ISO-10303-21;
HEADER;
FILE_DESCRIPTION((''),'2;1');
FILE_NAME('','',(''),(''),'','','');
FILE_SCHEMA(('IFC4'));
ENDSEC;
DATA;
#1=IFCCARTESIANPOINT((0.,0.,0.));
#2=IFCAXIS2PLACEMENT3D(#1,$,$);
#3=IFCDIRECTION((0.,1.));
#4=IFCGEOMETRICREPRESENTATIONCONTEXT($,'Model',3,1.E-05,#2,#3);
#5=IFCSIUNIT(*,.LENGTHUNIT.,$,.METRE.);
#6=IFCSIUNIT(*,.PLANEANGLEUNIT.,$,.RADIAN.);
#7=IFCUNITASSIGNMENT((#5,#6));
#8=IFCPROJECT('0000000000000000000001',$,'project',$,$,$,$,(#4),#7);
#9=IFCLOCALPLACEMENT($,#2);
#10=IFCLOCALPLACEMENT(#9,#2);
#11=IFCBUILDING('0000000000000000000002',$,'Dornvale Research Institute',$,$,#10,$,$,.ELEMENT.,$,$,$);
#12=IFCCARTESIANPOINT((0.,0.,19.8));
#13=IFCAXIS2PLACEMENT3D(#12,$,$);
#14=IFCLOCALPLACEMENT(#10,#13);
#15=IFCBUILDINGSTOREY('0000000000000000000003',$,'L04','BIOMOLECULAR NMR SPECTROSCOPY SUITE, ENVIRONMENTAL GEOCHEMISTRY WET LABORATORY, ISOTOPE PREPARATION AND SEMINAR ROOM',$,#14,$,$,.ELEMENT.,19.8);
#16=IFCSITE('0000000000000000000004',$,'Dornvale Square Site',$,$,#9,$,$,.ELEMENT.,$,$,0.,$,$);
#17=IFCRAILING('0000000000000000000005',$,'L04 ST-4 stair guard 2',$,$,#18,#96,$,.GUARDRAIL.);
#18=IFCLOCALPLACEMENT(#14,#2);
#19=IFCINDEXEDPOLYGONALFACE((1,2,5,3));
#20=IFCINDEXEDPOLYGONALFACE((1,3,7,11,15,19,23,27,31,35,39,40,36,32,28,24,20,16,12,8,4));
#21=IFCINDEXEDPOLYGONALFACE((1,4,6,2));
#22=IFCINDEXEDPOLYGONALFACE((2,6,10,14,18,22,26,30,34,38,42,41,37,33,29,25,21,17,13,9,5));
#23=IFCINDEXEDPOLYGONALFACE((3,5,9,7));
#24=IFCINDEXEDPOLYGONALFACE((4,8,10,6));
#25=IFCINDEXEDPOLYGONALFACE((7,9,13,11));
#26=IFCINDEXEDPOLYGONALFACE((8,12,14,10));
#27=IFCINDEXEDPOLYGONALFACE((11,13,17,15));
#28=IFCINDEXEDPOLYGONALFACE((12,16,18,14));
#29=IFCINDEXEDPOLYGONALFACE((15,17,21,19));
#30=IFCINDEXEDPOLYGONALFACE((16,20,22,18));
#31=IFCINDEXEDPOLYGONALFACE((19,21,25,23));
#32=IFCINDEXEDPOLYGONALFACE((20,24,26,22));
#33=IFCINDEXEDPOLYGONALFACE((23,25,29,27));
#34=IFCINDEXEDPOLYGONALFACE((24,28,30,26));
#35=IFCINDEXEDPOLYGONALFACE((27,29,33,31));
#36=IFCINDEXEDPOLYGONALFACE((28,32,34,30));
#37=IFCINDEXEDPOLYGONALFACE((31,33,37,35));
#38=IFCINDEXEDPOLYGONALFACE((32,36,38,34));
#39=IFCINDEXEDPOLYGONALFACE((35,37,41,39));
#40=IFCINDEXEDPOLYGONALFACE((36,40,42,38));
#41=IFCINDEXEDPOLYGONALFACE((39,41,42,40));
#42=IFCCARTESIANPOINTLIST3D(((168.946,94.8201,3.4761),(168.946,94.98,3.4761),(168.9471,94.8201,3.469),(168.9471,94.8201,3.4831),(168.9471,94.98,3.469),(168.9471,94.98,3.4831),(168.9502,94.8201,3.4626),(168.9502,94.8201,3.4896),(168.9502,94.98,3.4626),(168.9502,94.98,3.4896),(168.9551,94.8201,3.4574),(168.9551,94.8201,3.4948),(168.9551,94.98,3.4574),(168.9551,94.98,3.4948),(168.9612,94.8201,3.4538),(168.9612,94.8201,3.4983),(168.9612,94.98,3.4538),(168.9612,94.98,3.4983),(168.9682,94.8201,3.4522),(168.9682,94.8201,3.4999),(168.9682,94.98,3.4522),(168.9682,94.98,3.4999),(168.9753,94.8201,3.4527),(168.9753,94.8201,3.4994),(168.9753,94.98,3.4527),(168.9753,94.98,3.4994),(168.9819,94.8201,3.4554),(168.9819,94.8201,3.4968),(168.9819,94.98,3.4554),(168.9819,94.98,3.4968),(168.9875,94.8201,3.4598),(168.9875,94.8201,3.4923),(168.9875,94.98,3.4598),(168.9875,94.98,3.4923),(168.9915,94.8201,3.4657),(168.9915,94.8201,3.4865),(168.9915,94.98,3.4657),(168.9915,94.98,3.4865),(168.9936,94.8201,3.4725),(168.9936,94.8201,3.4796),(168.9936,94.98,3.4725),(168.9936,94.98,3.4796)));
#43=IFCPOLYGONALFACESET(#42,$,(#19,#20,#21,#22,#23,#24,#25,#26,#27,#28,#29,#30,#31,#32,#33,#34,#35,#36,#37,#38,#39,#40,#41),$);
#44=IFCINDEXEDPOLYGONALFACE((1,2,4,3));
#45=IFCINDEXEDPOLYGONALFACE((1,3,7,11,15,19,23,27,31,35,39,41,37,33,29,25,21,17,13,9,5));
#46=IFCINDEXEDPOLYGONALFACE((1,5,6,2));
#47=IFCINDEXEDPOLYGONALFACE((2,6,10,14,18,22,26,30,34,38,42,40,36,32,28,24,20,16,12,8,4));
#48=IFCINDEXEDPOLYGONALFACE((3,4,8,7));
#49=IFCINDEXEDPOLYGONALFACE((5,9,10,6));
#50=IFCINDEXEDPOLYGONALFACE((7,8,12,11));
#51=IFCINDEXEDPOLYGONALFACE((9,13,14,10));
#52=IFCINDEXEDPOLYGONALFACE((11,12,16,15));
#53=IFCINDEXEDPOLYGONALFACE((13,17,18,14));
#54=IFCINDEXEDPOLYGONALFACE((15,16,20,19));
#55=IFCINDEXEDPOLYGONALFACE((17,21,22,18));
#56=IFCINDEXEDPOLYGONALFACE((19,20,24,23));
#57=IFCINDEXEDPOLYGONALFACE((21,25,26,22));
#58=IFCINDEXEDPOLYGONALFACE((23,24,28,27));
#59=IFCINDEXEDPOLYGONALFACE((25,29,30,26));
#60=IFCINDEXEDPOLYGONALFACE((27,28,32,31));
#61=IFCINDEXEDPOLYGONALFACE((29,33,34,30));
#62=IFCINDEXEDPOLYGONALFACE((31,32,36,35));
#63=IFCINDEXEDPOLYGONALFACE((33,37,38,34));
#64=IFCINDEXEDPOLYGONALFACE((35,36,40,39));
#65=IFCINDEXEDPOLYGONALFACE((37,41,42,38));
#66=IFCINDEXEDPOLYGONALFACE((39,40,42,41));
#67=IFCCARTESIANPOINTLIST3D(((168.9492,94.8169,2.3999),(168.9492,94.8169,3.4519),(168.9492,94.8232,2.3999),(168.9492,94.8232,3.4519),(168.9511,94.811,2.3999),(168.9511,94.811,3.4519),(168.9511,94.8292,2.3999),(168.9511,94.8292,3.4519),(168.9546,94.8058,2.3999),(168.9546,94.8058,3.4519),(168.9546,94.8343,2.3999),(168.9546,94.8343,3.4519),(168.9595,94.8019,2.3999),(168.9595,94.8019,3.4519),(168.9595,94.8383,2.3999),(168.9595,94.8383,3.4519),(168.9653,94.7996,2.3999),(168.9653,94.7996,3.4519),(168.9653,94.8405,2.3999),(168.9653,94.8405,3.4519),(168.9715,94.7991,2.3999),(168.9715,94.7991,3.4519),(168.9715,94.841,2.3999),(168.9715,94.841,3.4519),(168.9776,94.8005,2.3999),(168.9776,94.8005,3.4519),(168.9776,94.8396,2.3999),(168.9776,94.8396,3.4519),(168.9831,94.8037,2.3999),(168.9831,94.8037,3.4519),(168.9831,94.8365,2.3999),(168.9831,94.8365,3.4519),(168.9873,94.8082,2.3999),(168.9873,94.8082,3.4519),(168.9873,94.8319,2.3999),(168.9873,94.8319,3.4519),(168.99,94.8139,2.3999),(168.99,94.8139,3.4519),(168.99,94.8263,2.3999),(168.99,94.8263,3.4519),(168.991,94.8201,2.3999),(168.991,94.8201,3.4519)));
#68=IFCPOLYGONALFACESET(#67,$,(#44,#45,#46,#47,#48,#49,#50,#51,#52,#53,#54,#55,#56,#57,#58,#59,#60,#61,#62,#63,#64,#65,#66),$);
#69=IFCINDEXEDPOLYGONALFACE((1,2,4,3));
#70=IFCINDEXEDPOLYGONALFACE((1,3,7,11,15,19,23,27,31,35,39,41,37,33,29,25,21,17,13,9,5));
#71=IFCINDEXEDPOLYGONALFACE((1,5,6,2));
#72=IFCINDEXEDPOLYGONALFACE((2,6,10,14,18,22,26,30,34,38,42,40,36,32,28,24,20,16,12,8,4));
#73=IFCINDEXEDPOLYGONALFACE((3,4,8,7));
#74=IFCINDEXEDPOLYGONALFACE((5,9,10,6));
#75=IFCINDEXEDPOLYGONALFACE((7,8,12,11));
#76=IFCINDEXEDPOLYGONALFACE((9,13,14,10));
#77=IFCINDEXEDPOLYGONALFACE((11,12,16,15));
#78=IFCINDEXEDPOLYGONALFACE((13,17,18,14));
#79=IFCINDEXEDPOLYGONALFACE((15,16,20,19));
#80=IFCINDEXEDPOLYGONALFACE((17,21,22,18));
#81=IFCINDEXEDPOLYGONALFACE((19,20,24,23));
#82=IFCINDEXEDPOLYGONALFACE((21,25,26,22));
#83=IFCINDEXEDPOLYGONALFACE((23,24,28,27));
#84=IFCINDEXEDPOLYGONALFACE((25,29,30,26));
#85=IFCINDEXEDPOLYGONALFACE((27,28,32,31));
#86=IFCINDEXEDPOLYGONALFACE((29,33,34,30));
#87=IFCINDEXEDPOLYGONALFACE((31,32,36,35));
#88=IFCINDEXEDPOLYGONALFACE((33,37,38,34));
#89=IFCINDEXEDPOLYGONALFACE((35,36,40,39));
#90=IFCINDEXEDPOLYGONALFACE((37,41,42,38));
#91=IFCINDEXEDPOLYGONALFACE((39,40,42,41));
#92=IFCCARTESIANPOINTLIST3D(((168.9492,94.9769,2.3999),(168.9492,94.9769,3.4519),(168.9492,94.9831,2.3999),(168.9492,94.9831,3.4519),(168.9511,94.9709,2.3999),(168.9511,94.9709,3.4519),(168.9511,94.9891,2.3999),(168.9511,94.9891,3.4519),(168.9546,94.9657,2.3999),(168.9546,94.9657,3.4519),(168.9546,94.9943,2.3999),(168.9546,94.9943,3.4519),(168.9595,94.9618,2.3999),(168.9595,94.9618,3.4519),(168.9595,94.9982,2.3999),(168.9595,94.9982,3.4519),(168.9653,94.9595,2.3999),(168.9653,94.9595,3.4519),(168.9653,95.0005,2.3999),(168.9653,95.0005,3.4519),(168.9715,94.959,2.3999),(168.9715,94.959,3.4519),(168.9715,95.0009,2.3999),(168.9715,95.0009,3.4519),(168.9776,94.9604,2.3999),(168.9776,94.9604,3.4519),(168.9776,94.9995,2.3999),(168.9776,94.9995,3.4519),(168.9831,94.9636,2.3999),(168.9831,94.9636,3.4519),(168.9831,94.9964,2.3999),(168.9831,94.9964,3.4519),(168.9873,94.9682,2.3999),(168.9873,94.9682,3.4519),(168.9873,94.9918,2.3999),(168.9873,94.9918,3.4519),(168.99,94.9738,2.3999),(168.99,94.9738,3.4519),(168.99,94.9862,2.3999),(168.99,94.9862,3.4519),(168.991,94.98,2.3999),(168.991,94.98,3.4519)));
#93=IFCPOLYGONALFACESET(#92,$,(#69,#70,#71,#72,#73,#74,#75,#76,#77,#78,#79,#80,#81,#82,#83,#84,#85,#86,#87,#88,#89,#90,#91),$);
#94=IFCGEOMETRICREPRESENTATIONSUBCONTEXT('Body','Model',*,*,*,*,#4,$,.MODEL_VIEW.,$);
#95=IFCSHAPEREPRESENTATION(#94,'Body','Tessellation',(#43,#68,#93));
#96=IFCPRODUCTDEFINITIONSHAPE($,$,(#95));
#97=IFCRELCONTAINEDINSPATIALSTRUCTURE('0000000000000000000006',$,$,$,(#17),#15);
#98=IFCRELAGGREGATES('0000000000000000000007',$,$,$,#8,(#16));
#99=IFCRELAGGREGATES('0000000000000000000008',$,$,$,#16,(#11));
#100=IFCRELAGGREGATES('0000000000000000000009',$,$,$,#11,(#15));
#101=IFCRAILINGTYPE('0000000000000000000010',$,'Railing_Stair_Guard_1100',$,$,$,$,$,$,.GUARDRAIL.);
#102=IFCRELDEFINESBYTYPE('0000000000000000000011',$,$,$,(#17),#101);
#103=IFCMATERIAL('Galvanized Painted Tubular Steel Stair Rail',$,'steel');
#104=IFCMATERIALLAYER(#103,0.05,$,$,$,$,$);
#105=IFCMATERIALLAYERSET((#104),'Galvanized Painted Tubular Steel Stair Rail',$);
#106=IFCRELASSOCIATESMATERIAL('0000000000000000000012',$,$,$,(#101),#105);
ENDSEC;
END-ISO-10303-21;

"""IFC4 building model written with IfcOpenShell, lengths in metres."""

from ifc_helpers import new_model, si_unit, direction, frame, origin, origin_2d, place, context, subcontext, project, spatial, circle, extrude, material, layer, layer_set, type_object, element, save


model = new_model("IFC4")

# Units and contexts
model_context = context("Model", 3, precision=1e-05, world=origin(), true_north=direction((0.0, 1.0)))
body_context = subcontext(model_context, "Body", "Model", "MODEL_VIEW")
ifc_project = project(units=[si_unit("LENGTHUNIT", "METRE"), si_unit("PLANEANGLEUNIT", "RADIAN")], contexts=[model_context])

# Site, building, storey
site_placement = place(None, origin())
site = spatial("IfcSite", under=ifc_project, at=site_placement, Name="Dornvale Square Site", CompositionType="ELEMENT", RefElevation=0.0)
building_placement = place(site_placement, origin())
building = spatial("IfcBuilding", under=site, at=building_placement, Name="Dornvale Research Institute", CompositionType="ELEMENT")
storey_placement = place(building_placement, frame((0.0, 0.0, 19.8)))
storey = spatial("IfcBuildingStorey", under=building, at=storey_placement, Name="L04", Description="BIOMOLECULAR NMR SPECTROSCOPY SUITE, ENVIRONMENTAL GEOCHEMISTRY WET LABORATORY, ISOTOPE PREPARATION AND SEMINAR ROOM", CompositionType="ELEMENT", Elevation=19.8)

# Railing
ifc_material_1 = material(Name="Galvanized Painted Tubular Steel Stair Rail", Category="steel")
ifc_layer_1 = layer(ifc_material_1, 0.05)
ifc_layer_set_1 = layer_set([ifc_layer_1], Name="Galvanized Painted Tubular Steel Stair Rail")
railing_type_1 = type_object("IfcRailingType", Name="Railing_Stair_Guard_1100", PredefinedType="GUARDRAIL", material=ifc_layer_set_1)
railing_1_placement = place(storey_placement, frame((168.97, 94.8201, 2.3999)))
element("IfcRailing", 1, at=railing_1_placement, inside=storey, type_object=railing_type_1, Name="L04 ST-4 stair guard 2", PredefinedType="GUARDRAIL", context=body_context, shape_type="SweptSolid", body=[
    extrude(circle(Radius=0.0239, at=origin_2d()), frame((0.0, 0.0, 1.0762), z_axis=(0.0, 1.0, 0.0), x_axis=(-1.0, 0.0, 0.0)), (0.0, 0.0, 1.0), 0.1599),
    extrude(circle(Radius=0.021, at=origin_2d()), origin(), (0.0, 0.0, 1.0), 1.052),
    extrude(circle(Radius=0.021, at=origin_2d()), frame((0.0, 0.1599, 0.0)), (0.0, 0.0, 1.0), 1.052),
])

save(model, "model.ifc")
